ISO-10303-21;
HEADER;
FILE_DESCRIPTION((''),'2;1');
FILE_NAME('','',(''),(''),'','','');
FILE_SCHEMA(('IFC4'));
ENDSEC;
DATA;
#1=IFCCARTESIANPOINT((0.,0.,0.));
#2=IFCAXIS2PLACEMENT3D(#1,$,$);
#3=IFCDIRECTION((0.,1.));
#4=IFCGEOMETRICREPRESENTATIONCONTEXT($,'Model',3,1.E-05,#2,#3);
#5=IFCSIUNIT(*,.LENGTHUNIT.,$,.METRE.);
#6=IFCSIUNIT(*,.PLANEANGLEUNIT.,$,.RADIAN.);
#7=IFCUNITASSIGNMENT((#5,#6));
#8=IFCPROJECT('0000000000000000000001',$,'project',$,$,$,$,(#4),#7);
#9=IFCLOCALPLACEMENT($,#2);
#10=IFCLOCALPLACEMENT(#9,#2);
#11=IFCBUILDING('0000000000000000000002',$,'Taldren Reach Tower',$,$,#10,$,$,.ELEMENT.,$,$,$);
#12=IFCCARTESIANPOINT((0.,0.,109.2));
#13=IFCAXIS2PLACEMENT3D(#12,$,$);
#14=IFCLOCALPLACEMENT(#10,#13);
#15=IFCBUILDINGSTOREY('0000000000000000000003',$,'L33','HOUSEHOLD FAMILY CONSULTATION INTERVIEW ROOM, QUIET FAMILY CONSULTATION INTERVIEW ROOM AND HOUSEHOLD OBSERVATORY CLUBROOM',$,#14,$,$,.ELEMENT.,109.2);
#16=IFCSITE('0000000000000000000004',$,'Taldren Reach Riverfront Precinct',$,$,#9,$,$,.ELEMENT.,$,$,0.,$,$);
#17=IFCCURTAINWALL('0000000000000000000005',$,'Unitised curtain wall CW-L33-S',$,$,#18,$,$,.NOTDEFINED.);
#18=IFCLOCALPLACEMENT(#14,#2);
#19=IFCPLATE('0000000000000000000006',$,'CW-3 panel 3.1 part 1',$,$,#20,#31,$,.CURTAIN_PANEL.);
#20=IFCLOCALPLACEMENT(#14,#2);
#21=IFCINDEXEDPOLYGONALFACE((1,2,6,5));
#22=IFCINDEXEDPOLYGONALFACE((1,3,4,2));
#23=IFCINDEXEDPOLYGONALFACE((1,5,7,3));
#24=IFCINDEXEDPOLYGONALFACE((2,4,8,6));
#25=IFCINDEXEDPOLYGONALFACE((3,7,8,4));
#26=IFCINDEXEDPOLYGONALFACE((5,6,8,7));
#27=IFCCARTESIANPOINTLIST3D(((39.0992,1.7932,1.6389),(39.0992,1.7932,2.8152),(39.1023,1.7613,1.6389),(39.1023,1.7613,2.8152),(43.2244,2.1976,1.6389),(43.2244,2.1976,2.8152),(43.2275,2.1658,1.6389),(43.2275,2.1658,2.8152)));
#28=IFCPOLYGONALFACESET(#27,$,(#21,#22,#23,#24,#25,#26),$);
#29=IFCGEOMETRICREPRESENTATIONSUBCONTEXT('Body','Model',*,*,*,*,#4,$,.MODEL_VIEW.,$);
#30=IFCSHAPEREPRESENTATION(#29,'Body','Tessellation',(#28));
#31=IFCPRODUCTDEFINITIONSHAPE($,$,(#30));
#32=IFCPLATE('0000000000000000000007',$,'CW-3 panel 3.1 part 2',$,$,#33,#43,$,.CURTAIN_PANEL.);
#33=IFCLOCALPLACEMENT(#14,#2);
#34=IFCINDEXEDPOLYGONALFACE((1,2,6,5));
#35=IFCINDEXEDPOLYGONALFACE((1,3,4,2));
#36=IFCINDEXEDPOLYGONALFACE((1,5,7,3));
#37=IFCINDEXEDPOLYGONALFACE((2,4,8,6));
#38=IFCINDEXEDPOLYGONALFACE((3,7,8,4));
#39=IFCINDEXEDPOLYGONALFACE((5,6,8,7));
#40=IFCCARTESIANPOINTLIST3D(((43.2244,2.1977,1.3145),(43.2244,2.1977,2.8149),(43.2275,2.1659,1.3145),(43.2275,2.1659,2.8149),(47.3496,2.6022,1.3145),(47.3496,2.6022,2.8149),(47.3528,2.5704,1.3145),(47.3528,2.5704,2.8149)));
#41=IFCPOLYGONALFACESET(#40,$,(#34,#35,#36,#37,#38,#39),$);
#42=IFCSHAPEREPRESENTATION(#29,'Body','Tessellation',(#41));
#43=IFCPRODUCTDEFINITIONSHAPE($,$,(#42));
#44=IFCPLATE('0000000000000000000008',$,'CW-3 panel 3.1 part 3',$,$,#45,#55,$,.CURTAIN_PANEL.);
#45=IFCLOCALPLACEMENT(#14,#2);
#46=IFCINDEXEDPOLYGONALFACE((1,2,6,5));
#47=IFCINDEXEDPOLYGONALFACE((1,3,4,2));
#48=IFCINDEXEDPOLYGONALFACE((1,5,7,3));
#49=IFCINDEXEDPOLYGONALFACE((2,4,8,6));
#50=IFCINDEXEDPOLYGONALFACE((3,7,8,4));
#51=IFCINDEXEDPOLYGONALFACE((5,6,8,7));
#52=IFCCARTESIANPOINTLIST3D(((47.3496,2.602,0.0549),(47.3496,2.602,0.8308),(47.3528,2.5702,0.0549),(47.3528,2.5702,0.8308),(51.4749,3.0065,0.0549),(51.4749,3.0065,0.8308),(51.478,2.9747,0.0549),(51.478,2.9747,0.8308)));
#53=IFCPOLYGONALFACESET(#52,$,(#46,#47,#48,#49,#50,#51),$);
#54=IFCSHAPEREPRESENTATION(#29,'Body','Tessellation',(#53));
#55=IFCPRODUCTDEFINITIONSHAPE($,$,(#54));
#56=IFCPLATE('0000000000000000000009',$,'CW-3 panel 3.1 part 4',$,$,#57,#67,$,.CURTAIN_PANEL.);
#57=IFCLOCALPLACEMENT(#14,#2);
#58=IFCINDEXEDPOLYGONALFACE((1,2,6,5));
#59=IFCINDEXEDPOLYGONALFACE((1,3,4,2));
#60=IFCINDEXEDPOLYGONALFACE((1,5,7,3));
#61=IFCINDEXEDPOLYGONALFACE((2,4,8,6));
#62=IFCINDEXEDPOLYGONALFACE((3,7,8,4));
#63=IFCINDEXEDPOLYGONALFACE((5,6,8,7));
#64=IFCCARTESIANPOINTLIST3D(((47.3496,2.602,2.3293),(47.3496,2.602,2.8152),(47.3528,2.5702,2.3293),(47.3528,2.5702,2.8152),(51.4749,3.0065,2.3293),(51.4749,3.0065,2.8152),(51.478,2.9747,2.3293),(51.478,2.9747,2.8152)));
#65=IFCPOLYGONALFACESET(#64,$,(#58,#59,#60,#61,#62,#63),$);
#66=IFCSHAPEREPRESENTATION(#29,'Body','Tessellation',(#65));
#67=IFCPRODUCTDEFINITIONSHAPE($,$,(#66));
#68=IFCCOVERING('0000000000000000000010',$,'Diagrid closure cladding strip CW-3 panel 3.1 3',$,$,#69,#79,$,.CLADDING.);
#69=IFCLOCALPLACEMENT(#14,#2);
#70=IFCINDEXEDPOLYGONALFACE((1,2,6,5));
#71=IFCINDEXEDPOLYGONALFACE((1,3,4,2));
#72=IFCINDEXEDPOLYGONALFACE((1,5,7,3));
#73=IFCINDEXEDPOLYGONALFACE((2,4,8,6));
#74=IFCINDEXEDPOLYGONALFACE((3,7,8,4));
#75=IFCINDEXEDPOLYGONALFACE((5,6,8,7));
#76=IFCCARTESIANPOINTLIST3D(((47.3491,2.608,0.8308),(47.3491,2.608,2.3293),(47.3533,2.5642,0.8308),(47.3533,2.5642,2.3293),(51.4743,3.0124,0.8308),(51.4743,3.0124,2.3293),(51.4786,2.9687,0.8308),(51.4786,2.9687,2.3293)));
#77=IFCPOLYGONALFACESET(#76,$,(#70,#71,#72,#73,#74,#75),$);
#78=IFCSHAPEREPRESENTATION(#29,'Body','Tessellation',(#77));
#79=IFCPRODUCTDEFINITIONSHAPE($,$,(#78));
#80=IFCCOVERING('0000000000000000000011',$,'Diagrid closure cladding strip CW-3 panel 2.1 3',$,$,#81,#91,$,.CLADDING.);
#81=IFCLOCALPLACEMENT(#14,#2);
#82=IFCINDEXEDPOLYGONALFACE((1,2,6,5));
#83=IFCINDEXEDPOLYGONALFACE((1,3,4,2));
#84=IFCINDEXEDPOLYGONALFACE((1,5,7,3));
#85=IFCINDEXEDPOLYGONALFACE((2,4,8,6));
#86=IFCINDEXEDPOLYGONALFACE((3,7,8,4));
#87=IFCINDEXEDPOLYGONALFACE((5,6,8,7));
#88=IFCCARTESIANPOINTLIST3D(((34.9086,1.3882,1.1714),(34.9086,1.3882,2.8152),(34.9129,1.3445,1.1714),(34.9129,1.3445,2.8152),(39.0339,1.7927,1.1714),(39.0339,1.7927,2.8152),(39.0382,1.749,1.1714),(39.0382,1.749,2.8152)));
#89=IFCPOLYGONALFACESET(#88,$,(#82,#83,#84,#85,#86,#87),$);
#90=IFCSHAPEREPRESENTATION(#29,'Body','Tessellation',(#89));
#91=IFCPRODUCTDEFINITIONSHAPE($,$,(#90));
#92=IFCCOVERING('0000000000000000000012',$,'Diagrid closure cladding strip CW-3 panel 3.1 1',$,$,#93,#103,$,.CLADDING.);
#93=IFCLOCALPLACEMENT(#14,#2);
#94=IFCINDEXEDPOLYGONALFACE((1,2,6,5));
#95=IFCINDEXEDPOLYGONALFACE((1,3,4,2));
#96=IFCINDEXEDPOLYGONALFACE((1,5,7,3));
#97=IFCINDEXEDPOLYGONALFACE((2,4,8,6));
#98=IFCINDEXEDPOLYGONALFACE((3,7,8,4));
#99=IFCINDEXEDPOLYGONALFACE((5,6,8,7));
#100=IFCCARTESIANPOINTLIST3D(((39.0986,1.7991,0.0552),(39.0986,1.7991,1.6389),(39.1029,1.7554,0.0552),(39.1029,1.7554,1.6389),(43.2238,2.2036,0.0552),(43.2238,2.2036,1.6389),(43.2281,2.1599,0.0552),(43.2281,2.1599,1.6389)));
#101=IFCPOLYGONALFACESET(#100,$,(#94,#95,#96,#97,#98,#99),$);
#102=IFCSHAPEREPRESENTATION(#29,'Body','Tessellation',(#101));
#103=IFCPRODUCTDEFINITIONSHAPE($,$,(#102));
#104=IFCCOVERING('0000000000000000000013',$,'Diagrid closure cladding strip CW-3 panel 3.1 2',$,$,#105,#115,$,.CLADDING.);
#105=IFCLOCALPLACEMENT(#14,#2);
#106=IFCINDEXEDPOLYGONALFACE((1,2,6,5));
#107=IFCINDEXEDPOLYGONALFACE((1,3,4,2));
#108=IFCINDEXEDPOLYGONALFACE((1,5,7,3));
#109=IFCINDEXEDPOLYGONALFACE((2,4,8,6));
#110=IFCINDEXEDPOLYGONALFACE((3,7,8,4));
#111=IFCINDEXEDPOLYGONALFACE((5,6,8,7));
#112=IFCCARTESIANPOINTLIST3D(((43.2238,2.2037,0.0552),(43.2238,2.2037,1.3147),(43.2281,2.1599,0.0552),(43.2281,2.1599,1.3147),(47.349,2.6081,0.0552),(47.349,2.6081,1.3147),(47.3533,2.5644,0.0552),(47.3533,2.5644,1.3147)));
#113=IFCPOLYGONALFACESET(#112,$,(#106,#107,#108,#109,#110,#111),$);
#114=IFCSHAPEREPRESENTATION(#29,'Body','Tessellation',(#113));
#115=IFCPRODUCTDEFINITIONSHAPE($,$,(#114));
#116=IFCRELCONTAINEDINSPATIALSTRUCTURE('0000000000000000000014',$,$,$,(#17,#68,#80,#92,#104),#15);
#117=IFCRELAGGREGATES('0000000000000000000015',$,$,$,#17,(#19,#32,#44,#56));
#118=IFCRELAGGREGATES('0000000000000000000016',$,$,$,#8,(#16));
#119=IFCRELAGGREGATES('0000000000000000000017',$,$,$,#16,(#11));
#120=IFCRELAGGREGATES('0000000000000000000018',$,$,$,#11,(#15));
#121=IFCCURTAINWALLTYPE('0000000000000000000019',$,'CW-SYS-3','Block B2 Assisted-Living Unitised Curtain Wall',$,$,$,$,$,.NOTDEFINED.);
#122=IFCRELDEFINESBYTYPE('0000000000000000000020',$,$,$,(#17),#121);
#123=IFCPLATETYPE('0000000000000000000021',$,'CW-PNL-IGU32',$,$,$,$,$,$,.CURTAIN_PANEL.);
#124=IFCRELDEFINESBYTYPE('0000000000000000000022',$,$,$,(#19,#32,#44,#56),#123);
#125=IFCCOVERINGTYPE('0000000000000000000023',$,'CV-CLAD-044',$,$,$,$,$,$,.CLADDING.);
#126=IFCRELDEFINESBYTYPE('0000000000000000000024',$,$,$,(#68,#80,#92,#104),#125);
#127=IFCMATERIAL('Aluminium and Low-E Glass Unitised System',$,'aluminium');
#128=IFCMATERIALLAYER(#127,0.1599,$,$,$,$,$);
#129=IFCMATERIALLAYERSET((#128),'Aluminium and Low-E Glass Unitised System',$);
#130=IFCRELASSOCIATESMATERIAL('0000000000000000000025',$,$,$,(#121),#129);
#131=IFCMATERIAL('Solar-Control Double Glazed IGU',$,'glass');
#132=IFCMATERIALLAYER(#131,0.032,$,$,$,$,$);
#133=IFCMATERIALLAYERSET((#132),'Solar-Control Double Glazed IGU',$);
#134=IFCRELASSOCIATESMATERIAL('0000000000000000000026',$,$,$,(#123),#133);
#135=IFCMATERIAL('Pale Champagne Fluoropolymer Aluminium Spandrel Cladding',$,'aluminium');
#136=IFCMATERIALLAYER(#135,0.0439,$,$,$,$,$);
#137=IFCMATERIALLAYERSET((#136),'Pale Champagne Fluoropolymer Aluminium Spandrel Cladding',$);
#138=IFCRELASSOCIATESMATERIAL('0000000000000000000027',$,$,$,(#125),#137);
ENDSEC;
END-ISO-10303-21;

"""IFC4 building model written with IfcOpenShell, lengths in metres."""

from ifc_helpers import new_model, si_unit, direction, frame, origin, origin_2d, place, context, subcontext, project, spatial, rectangle, extrude, source, transform, mapped, material, layer, layer_set, type_object, element, aggregate, save


model = new_model("IFC4")

# Units and contexts
model_context = context("Model", 3, precision=1e-05, world=origin(), true_north=direction((0.0, 1.0)))
body_context = subcontext(model_context, "Body", "Model", "MODEL_VIEW")
ifc_project = project(units=[si_unit("LENGTHUNIT", "METRE"), si_unit("PLANEANGLEUNIT", "RADIAN")], contexts=[model_context])

# Site, building, storey
site_placement = place(None, origin())
site = spatial("IfcSite", under=ifc_project, at=site_placement, Name="Taldren Reach Riverfront Precinct", CompositionType="ELEMENT", RefElevation=0.0)
building_placement = place(site_placement, origin())
building = spatial("IfcBuilding", under=site, at=building_placement, Name="Taldren Reach Tower", CompositionType="ELEMENT")
storey_placement = place(building_placement, frame((0.0, 0.0, 109.2)))
storey = spatial("IfcBuildingStorey", under=building, at=storey_placement, Name="L33", Description="HOUSEHOLD FAMILY CONSULTATION INTERVIEW ROOM, QUIET FAMILY CONSULTATION INTERVIEW ROOM AND HOUSEHOLD OBSERVATORY CLUBROOM", CompositionType="ELEMENT", Elevation=109.2)

# Curtain wall
ifc_material_1 = material(Name="Aluminium and Low-E Glass Unitised System", Category="aluminium")
ifc_layer_1 = layer(ifc_material_1, 0.1599)
ifc_layer_set_1 = layer_set([ifc_layer_1], Name="Aluminium and Low-E Glass Unitised System")
curtain_wall_type = type_object("IfcCurtainWallType", Name="CW-SYS-3", Description="Block B2 Assisted-Living Unitised Curtain Wall", PredefinedType="NOTDEFINED", material=ifc_layer_set_1)
curtain_wall_placement = place(storey_placement, origin())
curtain_wall = element("IfcCurtainWall", 1, at=curtain_wall_placement, inside=storey, type_object=curtain_wall_type, Name="Unitised curtain wall CW-L33-S", PredefinedType="NOTDEFINED")

# Plates
ifc_material_2 = material(Name="Solar-Control Double Glazed IGU", Category="glass")
ifc_layer_2 = layer(ifc_material_2, 0.032)
ifc_layer_set_2 = layer_set([ifc_layer_2], Name="Solar-Control Double Glazed IGU")
plate_type_1 = type_object("IfcPlateType", Name="CW-PNL-IGU32", PredefinedType="CURTAIN_PANEL", material=ifc_layer_set_2)
shared_shape_1 = source(origin(), body_context, "Body", "SweptSolid", [
    extrude(rectangle(XDim=4.145, YDim=0.032, at=origin_2d()), origin(), (0.0, 0.0, 1.0), 1.1763),
])
plate_1_placement = place(storey_placement, frame((41.1633, 1.9795, 1.6389), z_axis=(0.0, 0.0, 1.0), x_axis=(0.995227, 0.097583, 0.0)))
plate_1 = element("IfcPlate", 2, at=plate_1_placement, type_object=plate_type_1, Name="CW-3 panel 3.1 part 1", PredefinedType="CURTAIN_PANEL", context=body_context, shape_type="MappedRepresentation", body=[
    mapped(shared_shape_1, transform((0.0, 0.0, 0.0), scale=1.0)),
])
shared_shape_2 = source(origin(), body_context, "Body", "SweptSolid", [
    extrude(rectangle(XDim=4.145, YDim=0.032, at=origin_2d()), origin(), (0.0, 0.0, 1.0), 1.5005),
])
plate_2_placement = place(storey_placement, frame((45.2886, 2.384, 1.3145), z_axis=(0.0, 0.0, 1.0), x_axis=(0.995227, 0.097583, 0.0)))
plate_2 = element("IfcPlate", 3, at=plate_2_placement, type_object=plate_type_1, Name="CW-3 panel 3.1 part 2", PredefinedType="CURTAIN_PANEL", context=body_context, shape_type="MappedRepresentation", body=[
    mapped(shared_shape_2, transform((0.0, 0.0, 0.0), scale=1.0)),
])
shared_shape_3 = source(origin(), body_context, "Body", "SweptSolid", [
    extrude(rectangle(XDim=4.145, YDim=0.032, at=origin_2d()), origin(), (0.0, 0.0, 1.0), 0.7759),
])
plate_3_placement = place(storey_placement, frame((49.4138, 2.7883, 0.0549), z_axis=(0.0, 0.0, 1.0), x_axis=(0.995227, 0.097583, 0.0)))
plate_3 = element("IfcPlate", 4, at=plate_3_placement, type_object=plate_type_1, Name="CW-3 panel 3.1 part 3", PredefinedType="CURTAIN_PANEL", context=body_context, shape_type="MappedRepresentation", body=[
    mapped(shared_shape_3, transform((0.0, 0.0, 0.0), scale=1.0)),
])
shared_shape_4 = source(origin(), body_context, "Body", "SweptSolid", [
    extrude(rectangle(XDim=4.145, YDim=0.032, at=origin_2d()), origin(), (0.0, 0.0, 1.0), 0.4858),
])
plate_4_placement = place(storey_placement, frame((49.4138, 2.7883, 2.3293), z_axis=(0.0, 0.0, 1.0), x_axis=(0.995227, 0.097583, 0.0)))
plate_4 = element("IfcPlate", 5, at=plate_4_placement, type_object=plate_type_1, Name="CW-3 panel 3.1 part 4", PredefinedType="CURTAIN_PANEL", context=body_context, shape_type="MappedRepresentation", body=[
    mapped(shared_shape_4, transform((0.0, 0.0, 0.0), scale=1.0)),
])
aggregate(curtain_wall, [plate_1, plate_2, plate_3, plate_4])

# Coverings
ifc_material_3 = material(Name="Pale Champagne Fluoropolymer Aluminium Spandrel Cladding", Category="aluminium")
ifc_layer_3 = layer(ifc_material_3, 0.0439)
ifc_layer_set_3 = layer_set([ifc_layer_3], Name="Pale Champagne Fluoropolymer Aluminium Spandrel Cladding")
covering_type = type_object("IfcCoveringType", Name="CV-CLAD-044", PredefinedType="CLADDING", material=ifc_layer_set_3)
shared_shape_5 = source(origin(), body_context, "Body", "SweptSolid", [
    extrude(rectangle(XDim=4.145, YDim=0.0439, at=origin_2d()), origin(), (0.0, 0.0, 1.0), 1.4985),
])
covering_1_placement = place(storey_placement, frame((49.4138, 2.7883, 0.8308), z_axis=(0.0, 0.0, 1.0), x_axis=(0.995227, 0.097583, 0.0)))
element("IfcCovering", 6, at=covering_1_placement, inside=storey, type_object=covering_type, Name="Diagrid closure cladding strip CW-3 panel 3.1 3", PredefinedType="CLADDING", context=body_context, shape_type="MappedRepresentation", body=[
    mapped(shared_shape_5, transform((0.0, 0.0, 0.0), scale=1.0)),
])
shared_shape_6 = source(origin(), body_context, "Body", "SweptSolid", [
    extrude(rectangle(XDim=4.145, YDim=0.0439, at=origin_2d()), origin(), (0.0, 0.0, 1.0), 1.6438),
])
covering_2_placement = place(storey_placement, frame((36.9734, 1.5686, 1.1714), z_axis=(0.0, 0.0, 1.0), x_axis=(0.995227, 0.097583, 0.0)))
element("IfcCovering", 7, at=covering_2_placement, inside=storey, type_object=covering_type, Name="Diagrid closure cladding strip CW-3 panel 2.1 3", PredefinedType="CLADDING", context=body_context, shape_type="MappedRepresentation", body=[
    mapped(shared_shape_6, transform((0.0, 0.0, 0.0), scale=1.0)),
])
shared_shape_7 = source(origin(), body_context, "Body", "SweptSolid", [
    extrude(rectangle(XDim=4.145, YDim=0.0439, at=origin_2d()), origin(), (0.0, 0.0, 1.0), 1.5837),
])
covering_3_placement = place(storey_placement, frame((41.1633, 1.9795, 0.0552), z_axis=(0.0, 0.0, 1.0), x_axis=(0.995227, 0.097583, 0.0)))
element("IfcCovering", 8, at=covering_3_placement, inside=storey, type_object=covering_type, Name="Diagrid closure cladding strip CW-3 panel 3.1 1", PredefinedType="CLADDING", context=body_context, shape_type="MappedRepresentation", body=[
    mapped(shared_shape_7, transform((0.0, 0.0, 0.0), scale=1.0)),
])
shared_shape_8 = source(origin(), body_context, "Body", "SweptSolid", [
    extrude(rectangle(XDim=4.145, YDim=0.0439, at=origin_2d()), origin(), (0.0, 0.0, 1.0), 1.2595),
])
covering_4_placement = place(storey_placement, frame((45.2886, 2.384, 0.0552), z_axis=(0.0, 0.0, 1.0), x_axis=(0.995227, 0.097583, 0.0)))
element("IfcCovering", 9, at=covering_4_placement, inside=storey, type_object=covering_type, Name="Diagrid closure cladding strip CW-3 panel 3.1 2", PredefinedType="CLADDING", context=body_context, shape_type="MappedRepresentation", body=[
    mapped(shared_shape_8, transform((0.0, 0.0, 0.0), scale=1.0)),
])

save(model, "model.ifc")
